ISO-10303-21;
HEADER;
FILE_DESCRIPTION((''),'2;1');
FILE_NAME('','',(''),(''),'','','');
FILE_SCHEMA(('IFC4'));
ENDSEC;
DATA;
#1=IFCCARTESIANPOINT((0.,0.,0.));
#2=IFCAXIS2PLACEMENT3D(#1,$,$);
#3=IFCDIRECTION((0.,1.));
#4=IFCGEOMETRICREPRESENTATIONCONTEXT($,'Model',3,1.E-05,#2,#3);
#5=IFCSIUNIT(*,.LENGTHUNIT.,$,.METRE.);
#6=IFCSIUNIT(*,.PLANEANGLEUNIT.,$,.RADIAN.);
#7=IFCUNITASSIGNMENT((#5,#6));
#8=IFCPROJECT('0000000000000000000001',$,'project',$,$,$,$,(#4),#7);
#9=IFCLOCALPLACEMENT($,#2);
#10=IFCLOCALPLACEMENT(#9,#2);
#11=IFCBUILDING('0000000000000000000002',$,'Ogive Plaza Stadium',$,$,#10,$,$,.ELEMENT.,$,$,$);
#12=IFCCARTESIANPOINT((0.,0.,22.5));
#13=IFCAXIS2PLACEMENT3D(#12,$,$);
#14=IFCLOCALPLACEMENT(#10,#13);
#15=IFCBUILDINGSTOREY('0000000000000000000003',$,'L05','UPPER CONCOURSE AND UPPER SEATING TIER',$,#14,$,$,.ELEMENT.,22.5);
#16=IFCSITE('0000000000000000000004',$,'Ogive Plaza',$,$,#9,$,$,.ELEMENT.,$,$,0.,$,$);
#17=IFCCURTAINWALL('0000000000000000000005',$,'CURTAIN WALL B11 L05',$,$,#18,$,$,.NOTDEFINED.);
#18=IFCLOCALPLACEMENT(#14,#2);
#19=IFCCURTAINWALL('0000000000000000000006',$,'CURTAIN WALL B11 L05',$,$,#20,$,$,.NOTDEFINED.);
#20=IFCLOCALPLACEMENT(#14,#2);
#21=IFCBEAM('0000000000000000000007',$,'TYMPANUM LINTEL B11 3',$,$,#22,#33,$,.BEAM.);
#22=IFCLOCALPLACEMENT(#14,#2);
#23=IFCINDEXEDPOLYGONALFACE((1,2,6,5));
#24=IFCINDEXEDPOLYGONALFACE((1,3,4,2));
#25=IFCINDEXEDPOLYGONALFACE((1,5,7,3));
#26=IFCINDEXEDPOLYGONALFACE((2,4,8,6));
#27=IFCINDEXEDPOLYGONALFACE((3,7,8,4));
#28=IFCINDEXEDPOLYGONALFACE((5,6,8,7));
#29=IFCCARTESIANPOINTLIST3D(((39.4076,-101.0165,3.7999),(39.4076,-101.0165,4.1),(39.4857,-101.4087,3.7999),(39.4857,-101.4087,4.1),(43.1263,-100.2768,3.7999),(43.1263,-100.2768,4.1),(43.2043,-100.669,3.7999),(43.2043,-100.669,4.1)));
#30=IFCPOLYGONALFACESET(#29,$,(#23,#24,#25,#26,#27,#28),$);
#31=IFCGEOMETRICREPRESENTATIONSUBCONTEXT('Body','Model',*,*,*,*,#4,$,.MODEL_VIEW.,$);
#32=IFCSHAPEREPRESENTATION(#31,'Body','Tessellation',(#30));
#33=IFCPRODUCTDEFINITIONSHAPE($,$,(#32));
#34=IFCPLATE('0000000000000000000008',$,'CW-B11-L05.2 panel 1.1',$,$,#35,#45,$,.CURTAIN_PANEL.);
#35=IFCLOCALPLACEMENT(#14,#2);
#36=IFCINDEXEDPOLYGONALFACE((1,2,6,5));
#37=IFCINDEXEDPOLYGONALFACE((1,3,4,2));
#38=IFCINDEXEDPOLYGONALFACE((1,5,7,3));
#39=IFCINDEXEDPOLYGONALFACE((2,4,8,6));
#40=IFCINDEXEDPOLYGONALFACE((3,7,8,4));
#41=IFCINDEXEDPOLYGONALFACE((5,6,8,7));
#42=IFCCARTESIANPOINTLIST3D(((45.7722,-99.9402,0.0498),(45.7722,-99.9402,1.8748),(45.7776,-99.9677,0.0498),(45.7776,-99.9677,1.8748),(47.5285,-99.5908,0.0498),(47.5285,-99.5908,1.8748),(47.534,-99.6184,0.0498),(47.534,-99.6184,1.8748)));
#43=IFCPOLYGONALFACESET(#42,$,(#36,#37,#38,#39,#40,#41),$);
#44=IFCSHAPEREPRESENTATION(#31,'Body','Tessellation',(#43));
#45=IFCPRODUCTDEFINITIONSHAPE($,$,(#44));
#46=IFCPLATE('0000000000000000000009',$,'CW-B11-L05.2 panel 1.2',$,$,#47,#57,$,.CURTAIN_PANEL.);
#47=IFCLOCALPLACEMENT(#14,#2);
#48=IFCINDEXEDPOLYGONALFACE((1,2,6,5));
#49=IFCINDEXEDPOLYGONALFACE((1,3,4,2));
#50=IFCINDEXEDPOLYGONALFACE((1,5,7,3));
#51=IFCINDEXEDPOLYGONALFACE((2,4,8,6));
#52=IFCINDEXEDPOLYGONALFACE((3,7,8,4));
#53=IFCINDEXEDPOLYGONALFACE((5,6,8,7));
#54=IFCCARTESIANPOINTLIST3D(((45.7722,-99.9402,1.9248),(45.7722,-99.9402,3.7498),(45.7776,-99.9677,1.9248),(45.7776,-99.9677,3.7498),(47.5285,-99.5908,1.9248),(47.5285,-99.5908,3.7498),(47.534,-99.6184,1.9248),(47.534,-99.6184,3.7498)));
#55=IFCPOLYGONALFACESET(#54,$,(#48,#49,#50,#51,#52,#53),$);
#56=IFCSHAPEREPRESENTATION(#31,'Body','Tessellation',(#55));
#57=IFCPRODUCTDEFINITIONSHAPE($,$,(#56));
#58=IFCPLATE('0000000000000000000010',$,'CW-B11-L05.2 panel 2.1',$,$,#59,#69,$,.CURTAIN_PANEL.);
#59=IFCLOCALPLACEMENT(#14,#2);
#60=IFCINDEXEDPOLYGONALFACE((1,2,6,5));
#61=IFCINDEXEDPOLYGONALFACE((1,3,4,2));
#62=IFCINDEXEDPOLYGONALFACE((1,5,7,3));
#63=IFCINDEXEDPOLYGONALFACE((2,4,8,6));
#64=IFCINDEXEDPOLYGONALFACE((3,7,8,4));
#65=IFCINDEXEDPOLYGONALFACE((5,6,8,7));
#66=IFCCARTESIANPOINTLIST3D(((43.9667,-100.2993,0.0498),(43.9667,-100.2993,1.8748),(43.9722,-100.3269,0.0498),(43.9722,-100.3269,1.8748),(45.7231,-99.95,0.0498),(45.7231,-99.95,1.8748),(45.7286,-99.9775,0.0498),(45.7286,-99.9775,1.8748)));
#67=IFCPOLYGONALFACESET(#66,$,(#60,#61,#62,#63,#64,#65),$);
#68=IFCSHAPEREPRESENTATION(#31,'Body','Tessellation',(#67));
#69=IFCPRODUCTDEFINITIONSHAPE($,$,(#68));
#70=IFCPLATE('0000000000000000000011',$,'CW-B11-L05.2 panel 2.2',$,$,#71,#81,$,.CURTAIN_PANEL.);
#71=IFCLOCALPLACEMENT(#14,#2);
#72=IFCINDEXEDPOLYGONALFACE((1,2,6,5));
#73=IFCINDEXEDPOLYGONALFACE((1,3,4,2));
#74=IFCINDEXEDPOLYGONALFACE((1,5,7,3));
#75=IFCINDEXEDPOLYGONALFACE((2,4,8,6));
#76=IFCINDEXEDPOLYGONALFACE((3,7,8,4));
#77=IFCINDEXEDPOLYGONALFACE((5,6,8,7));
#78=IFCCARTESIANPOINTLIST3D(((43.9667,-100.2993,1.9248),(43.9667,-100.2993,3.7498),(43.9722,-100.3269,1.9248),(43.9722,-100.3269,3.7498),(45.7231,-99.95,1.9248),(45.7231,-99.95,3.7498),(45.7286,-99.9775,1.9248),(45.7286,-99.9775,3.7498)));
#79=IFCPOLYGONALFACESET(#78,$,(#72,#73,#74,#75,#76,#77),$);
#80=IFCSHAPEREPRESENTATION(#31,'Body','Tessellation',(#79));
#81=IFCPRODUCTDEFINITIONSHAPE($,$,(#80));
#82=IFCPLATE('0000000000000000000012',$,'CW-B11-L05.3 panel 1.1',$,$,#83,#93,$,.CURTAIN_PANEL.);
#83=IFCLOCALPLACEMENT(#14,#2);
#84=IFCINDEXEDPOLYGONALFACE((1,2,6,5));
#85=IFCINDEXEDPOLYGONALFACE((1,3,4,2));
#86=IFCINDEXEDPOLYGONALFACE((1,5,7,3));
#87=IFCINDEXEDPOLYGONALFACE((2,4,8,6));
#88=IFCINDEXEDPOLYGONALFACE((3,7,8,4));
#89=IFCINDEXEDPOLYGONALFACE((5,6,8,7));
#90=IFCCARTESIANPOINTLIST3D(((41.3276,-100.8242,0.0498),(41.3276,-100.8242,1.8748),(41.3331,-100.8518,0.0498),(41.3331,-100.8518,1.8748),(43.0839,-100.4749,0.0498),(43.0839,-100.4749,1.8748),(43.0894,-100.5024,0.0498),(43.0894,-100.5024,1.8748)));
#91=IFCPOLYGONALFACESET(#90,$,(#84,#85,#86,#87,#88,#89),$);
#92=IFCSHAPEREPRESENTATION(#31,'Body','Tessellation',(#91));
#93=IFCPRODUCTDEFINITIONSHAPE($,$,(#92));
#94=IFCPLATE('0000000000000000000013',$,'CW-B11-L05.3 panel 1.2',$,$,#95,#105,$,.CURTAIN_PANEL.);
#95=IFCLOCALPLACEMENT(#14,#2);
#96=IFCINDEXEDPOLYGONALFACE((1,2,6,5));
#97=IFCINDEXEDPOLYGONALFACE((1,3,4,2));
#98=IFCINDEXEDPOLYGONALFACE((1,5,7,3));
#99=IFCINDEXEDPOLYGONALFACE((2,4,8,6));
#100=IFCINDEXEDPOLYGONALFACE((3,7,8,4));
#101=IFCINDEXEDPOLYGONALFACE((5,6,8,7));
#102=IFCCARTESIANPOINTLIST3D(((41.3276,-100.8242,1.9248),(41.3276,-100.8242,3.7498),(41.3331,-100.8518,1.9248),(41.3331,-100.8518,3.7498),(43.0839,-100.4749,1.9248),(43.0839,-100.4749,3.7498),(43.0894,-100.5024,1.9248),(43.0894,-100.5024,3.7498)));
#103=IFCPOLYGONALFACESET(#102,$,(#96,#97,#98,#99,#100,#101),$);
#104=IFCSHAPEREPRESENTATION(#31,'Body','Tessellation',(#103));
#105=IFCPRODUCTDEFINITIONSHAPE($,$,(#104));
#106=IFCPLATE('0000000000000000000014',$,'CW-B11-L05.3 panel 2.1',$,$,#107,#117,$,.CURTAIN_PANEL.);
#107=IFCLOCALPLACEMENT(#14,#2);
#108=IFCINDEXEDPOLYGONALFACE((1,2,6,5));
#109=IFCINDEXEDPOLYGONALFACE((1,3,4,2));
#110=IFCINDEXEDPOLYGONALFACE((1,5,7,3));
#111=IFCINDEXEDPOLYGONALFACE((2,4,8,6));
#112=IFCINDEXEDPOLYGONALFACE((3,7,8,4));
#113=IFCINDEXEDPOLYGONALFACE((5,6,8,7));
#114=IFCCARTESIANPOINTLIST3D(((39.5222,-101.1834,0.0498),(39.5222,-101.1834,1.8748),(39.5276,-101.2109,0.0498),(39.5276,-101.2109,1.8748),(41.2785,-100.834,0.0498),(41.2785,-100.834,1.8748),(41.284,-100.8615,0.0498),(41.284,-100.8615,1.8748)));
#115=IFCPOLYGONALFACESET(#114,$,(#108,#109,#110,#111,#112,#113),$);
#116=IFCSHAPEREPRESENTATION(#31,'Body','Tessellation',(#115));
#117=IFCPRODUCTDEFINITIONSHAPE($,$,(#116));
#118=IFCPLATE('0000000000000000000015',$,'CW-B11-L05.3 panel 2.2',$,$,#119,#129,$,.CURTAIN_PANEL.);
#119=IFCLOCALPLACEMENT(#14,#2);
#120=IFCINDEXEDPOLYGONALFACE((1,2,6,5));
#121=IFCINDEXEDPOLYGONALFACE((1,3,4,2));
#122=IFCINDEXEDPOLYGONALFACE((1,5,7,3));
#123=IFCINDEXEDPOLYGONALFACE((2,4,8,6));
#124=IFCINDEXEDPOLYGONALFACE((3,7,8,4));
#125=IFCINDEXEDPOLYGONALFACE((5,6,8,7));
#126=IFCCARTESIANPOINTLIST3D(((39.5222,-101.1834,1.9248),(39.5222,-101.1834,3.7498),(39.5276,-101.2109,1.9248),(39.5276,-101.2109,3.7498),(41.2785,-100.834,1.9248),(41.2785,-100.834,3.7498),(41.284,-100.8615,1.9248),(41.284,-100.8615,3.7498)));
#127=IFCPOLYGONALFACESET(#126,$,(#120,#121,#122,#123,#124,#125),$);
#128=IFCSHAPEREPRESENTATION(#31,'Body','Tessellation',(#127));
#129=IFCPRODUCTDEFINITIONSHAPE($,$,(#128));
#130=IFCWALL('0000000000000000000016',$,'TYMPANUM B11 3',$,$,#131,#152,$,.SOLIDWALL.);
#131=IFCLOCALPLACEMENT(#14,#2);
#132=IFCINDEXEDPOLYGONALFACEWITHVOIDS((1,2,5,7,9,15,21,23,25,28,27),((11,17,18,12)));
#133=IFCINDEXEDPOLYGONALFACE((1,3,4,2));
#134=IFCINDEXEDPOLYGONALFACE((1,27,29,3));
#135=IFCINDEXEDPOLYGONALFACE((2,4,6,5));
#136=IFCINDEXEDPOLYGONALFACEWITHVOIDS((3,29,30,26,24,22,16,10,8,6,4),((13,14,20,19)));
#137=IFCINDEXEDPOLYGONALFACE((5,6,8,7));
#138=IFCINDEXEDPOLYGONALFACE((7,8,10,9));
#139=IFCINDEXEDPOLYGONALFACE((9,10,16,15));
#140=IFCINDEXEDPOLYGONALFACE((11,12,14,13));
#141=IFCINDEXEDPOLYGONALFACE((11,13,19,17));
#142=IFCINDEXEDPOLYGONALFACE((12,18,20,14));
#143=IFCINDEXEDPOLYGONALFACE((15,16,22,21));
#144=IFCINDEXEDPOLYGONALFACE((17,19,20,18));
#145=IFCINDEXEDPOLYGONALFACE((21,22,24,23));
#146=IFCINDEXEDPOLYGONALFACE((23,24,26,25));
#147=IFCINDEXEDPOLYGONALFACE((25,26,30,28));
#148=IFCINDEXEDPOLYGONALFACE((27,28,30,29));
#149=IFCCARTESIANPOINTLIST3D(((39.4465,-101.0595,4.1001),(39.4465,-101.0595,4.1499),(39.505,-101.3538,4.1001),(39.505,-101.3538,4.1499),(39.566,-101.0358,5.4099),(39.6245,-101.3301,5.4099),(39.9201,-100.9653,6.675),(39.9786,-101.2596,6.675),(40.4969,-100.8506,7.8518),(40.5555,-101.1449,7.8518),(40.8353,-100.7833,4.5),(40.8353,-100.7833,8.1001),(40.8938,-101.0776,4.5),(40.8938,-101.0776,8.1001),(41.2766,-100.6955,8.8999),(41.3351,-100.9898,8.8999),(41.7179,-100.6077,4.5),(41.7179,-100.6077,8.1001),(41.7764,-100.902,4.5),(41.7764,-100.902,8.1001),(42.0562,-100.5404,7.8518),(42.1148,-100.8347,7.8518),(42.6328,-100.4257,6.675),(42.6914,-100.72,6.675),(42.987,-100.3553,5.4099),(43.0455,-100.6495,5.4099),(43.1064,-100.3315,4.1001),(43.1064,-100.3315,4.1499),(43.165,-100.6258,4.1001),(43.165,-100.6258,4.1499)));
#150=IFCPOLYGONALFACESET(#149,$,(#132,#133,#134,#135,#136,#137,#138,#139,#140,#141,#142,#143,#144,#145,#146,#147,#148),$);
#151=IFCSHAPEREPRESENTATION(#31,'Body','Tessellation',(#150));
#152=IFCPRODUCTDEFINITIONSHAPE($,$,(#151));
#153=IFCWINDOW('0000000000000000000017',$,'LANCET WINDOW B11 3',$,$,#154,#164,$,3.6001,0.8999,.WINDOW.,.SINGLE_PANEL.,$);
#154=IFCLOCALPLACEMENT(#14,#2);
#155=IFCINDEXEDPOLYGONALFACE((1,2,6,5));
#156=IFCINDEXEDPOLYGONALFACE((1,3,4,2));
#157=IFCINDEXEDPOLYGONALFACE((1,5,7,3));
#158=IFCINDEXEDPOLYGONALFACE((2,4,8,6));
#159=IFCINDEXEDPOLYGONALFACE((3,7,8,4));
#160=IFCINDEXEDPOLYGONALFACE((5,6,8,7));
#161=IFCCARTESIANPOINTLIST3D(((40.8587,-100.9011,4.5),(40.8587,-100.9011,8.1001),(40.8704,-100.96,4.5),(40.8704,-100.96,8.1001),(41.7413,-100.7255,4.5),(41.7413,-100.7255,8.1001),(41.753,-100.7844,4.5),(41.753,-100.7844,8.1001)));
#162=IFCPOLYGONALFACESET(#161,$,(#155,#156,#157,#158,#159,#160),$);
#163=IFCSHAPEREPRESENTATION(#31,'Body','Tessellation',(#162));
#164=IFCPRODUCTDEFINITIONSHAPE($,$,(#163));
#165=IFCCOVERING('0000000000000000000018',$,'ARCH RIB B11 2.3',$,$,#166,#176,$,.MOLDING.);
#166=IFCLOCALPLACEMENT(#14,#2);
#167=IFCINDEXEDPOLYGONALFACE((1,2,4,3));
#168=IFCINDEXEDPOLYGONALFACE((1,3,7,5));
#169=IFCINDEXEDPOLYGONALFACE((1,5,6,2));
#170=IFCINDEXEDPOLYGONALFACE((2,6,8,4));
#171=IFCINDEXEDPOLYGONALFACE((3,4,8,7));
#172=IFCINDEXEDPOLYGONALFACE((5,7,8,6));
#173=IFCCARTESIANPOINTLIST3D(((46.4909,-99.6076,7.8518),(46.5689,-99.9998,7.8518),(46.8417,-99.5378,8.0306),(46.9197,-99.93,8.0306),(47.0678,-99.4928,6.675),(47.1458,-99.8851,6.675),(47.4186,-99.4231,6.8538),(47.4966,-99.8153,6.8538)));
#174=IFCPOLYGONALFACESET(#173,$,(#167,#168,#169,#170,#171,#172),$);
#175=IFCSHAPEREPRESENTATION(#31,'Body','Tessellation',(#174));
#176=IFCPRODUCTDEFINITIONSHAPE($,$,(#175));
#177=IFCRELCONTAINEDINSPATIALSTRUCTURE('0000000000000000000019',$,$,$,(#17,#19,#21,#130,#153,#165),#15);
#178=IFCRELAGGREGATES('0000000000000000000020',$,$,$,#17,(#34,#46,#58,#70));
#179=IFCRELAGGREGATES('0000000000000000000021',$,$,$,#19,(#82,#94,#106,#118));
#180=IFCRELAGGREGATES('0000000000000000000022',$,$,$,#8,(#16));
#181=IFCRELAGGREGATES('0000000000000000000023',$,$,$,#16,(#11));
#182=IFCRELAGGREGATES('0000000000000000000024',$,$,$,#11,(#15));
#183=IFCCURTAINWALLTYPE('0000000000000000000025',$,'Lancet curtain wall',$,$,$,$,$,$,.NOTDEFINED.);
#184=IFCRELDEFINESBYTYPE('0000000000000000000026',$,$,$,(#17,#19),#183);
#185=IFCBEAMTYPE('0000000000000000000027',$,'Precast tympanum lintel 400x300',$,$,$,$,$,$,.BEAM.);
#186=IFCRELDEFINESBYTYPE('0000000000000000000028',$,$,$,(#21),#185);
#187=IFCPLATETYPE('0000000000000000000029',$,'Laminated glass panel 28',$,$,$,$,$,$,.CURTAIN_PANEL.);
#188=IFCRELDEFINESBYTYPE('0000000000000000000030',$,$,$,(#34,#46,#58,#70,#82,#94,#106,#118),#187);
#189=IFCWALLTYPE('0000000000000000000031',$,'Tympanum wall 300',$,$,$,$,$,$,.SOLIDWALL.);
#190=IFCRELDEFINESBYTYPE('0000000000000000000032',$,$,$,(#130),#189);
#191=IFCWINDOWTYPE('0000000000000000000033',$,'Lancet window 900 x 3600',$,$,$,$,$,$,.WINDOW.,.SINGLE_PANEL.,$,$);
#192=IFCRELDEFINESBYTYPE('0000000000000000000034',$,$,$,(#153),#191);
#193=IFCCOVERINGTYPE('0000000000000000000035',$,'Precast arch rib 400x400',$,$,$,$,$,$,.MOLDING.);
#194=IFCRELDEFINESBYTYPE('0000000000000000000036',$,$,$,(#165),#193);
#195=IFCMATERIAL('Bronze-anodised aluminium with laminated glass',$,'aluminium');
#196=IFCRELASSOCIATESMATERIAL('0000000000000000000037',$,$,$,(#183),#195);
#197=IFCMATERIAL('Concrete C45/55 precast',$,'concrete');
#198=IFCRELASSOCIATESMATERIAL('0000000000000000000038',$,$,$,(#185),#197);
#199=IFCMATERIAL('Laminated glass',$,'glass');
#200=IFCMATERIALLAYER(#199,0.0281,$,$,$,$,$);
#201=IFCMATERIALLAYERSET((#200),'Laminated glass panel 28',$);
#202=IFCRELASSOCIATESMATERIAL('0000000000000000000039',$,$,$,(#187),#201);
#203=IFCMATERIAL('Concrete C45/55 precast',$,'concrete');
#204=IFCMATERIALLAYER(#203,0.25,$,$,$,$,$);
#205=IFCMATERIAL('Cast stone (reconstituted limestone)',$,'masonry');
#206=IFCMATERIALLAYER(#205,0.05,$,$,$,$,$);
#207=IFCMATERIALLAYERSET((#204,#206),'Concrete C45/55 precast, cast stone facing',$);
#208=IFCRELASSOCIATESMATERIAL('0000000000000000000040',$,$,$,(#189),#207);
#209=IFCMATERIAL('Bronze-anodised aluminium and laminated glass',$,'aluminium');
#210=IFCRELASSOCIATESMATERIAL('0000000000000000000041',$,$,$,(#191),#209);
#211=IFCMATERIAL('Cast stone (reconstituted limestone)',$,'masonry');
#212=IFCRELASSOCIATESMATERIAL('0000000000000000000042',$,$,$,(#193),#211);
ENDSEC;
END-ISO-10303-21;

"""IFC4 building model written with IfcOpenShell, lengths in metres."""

from ifc_helpers import new_model, si_unit, direction, frame, frame_2d, origin, origin_2d, place, context, subcontext, project, spatial, polyline, rectangle, outline, extrude, material, layer, layer_set, material_profile, profile_set, type_object, element, fill, aggregate, save


model = new_model("IFC4")

# Units and contexts
model_context = context("Model", 3, precision=1e-05, world=origin(), true_north=direction((0.0, 1.0)))
body_context = subcontext(model_context, "Body", "Model", "MODEL_VIEW")
ifc_project = project(units=[si_unit("LENGTHUNIT", "METRE"), si_unit("PLANEANGLEUNIT", "RADIAN")], contexts=[model_context])

# Site, building, storey
site_placement = place(None, origin())
site = spatial("IfcSite", under=ifc_project, at=site_placement, Name="Ogive Plaza", CompositionType="ELEMENT", RefElevation=0.0)
building_placement = place(site_placement, origin())
building = spatial("IfcBuilding", under=site, at=building_placement, Name="Ogive Plaza Stadium", CompositionType="ELEMENT")
storey_placement = place(building_placement, frame((0.0, 0.0, 22.5)))
storey = spatial("IfcBuildingStorey", under=building, at=storey_placement, Name="L05", Description="UPPER CONCOURSE AND UPPER SEATING TIER", CompositionType="ELEMENT", Elevation=22.5)

# Curtain walls
ifc_material_1 = material(Name="Bronze-anodised aluminium with laminated glass", Category="aluminium")
curtain_wall_type = type_object("IfcCurtainWallType", Name="Lancet curtain wall", PredefinedType="NOTDEFINED", material=ifc_material_1)
curtain_wall_1_placement = place(storey_placement, origin())
curtain_wall_1 = element("IfcCurtainWall", 1, at=curtain_wall_1_placement, inside=storey, type_object=curtain_wall_type, Name="CURTAIN WALL B11 L05", PredefinedType="NOTDEFINED")
curtain_wall_2_placement = place(storey_placement, origin())
curtain_wall_2 = element("IfcCurtainWall", 2, at=curtain_wall_2_placement, inside=storey, type_object=curtain_wall_type, Name="CURTAIN WALL B11 L05", PredefinedType="NOTDEFINED")

# Beam
ifc_material_2 = material(Name="Concrete C45/55 precast", Category="concrete")
ifc_material_profile_1 = material_profile(ifc_material_2, rectangle(XDim=0.3999, YDim=0.3, at=origin_2d()), Name="RC 400x300")
ifc_profile_set_1 = profile_set([ifc_material_profile_1], Name="Concrete C45/55 precast")
beam_type = type_object("IfcBeamType", Name="Precast tympanum lintel 400x300", PredefinedType="BEAM", material=ifc_profile_set_1)
beam_placement = place(storey_placement, frame((43.1653, -100.4729, 3.95), z_axis=(-0.980783, -0.195101, 0.0), x_axis=(0.195101, -0.980783, 0.0)))
element("IfcBeam", 3, at=beam_placement, inside=storey, type_object=beam_type, Name="TYMPANUM LINTEL B11 3", PredefinedType="BEAM", context=body_context, shape_type="SweptSolid", body=[
    extrude(rectangle(XDim=0.3999, YDim=0.3, at=origin_2d()), origin(), (0.0, 0.0, 1.0), 3.7915),
])

# Plates
ifc_material_3 = material(Name="Laminated glass", Category="glass")
ifc_layer_1 = layer(ifc_material_3, 0.0281)
ifc_layer_set_1 = layer_set([ifc_layer_1], Name="Laminated glass panel 28")
plate_type = type_object("IfcPlateType", Name="Laminated glass panel 28", PredefinedType="CURTAIN_PANEL", material=ifc_layer_set_1)
plate_1_placement = place(storey_placement, frame((46.6531, -99.7793, 0.0498), z_axis=(0.0, 0.0, 1.0), x_axis=(-0.980785, -0.19509, 0.0)))
plate_1 = element("IfcPlate", 4, at=plate_1_placement, type_object=plate_type, Name="CW-B11-L05.2 panel 1.1", PredefinedType="CURTAIN_PANEL", context=body_context, shape_type="SweptSolid", body=[
    extrude(rectangle(XDim=1.7908, YDim=0.0281, at=origin_2d()), origin(), (0.0, 0.0, 1.0), 1.825),
])
plate_2_placement = place(storey_placement, frame((46.6531, -99.7793, 1.9248), z_axis=(0.0, 0.0, 1.0), x_axis=(-0.980785, -0.19509, 0.0)))
plate_2 = element("IfcPlate", 5, at=plate_2_placement, type_object=plate_type, Name="CW-B11-L05.2 panel 1.2", PredefinedType="CURTAIN_PANEL", context=body_context, shape_type="SweptSolid", body=[
    extrude(rectangle(XDim=1.7908, YDim=0.0281, at=origin_2d()), origin(), (0.0, 0.0, 1.0), 1.825),
])
plate_3_placement = place(storey_placement, frame((44.8477, -100.1384, 0.0498), z_axis=(0.0, 0.0, 1.0), x_axis=(-0.980785, -0.19509, 0.0)))
plate_3 = element("IfcPlate", 6, at=plate_3_placement, type_object=plate_type, Name="CW-B11-L05.2 panel 2.1", PredefinedType="CURTAIN_PANEL", context=body_context, shape_type="SweptSolid", body=[
    extrude(rectangle(XDim=1.7908, YDim=0.0281, at=origin_2d()), origin(), (0.0, 0.0, 1.0), 1.825),
])
plate_4_placement = place(storey_placement, frame((44.8477, -100.1384, 1.9248), z_axis=(0.0, 0.0, 1.0), x_axis=(-0.980785, -0.19509, 0.0)))
plate_4 = element("IfcPlate", 7, at=plate_4_placement, type_object=plate_type, Name="CW-B11-L05.2 panel 2.2", PredefinedType="CURTAIN_PANEL", context=body_context, shape_type="SweptSolid", body=[
    extrude(rectangle(XDim=1.7908, YDim=0.0281, at=origin_2d()), origin(), (0.0, 0.0, 1.0), 1.825),
])
aggregate(curtain_wall_1, [plate_1, plate_2, plate_3, plate_4])
plate_5_placement = place(storey_placement, frame((42.2085, -100.6633, 0.0498), z_axis=(0.0, 0.0, 1.0), x_axis=(-0.980785, -0.19509, 0.0)))
plate_5 = element("IfcPlate", 8, at=plate_5_placement, type_object=plate_type, Name="CW-B11-L05.3 panel 1.1", PredefinedType="CURTAIN_PANEL", context=body_context, shape_type="SweptSolid", body=[
    extrude(rectangle(XDim=1.7908, YDim=0.0281, at=origin_2d()), origin(), (0.0, 0.0, 1.0), 1.825),
])
plate_6_placement = place(storey_placement, frame((42.2085, -100.6633, 1.9248), z_axis=(0.0, 0.0, 1.0), x_axis=(-0.980785, -0.19509, 0.0)))
plate_6 = element("IfcPlate", 9, at=plate_6_placement, type_object=plate_type, Name="CW-B11-L05.3 panel 1.2", PredefinedType="CURTAIN_PANEL", context=body_context, shape_type="SweptSolid", body=[
    extrude(rectangle(XDim=1.7908, YDim=0.0281, at=origin_2d()), origin(), (0.0, 0.0, 1.0), 1.825),
])
plate_7_placement = place(storey_placement, frame((40.4031, -101.0225, 0.0498), z_axis=(0.0, 0.0, 1.0), x_axis=(-0.980785, -0.19509, 0.0)))
plate_7 = element("IfcPlate", 10, at=plate_7_placement, type_object=plate_type, Name="CW-B11-L05.3 panel 2.1", PredefinedType="CURTAIN_PANEL", context=body_context, shape_type="SweptSolid", body=[
    extrude(rectangle(XDim=1.7908, YDim=0.0281, at=origin_2d()), origin(), (0.0, 0.0, 1.0), 1.825),
])
plate_8_placement = place(storey_placement, frame((40.4031, -101.0225, 1.9248), z_axis=(0.0, 0.0, 1.0), x_axis=(-0.980785, -0.19509, 0.0)))
plate_8 = element("IfcPlate", 11, at=plate_8_placement, type_object=plate_type, Name="CW-B11-L05.3 panel 2.2", PredefinedType="CURTAIN_PANEL", context=body_context, shape_type="SweptSolid", body=[
    extrude(rectangle(XDim=1.7908, YDim=0.0281, at=origin_2d()), origin(), (0.0, 0.0, 1.0), 1.825),
])
aggregate(curtain_wall_2, [plate_5, plate_6, plate_7, plate_8])

# Wall, opening, window
ifc_material_4 = material(Name="Concrete C45/55 precast", Category="concrete")
ifc_layer_2 = layer(ifc_material_4, 0.25)
ifc_material_5 = material(Name="Cast stone (reconstituted limestone)", Category="masonry")
ifc_layer_3 = layer(ifc_material_5, 0.05)
ifc_layer_set_2 = layer_set([ifc_layer_2, ifc_layer_3], Name="Concrete C45/55 precast, cast stone facing")
wall_type = type_object("IfcWallType", Name="Tympanum wall 300", PredefinedType="SOLIDWALL", material=ifc_layer_set_2)
wall_placement = place(storey_placement, frame((43.1357, -100.4788, 4.1001), z_axis=(0.0, 0.0, 1.0), x_axis=(-0.980784, -0.195097, 0.0)))
wall = element("IfcWall", 12, at=wall_placement, inside=storey, type_object=wall_type, Name="TYMPANUM B11 3", PredefinedType="SOLIDWALL", context=body_context, shape_type="SweptSolid", body=[
    extrude(outline(polyline([(0.0, 0.0), (3.7317, 0.0), (3.7317, 0.0498), (3.6099, 1.3098), (3.2488, 2.575), (2.6606, 3.7517), (1.8657, 4.7998), (1.0708, 3.7517), (0.4829, 2.575), (0.1218, 1.3098), (0.0, 0.0498), (0.0, 0.0)])), frame((0.0, 0.1499, 0.0), z_axis=(0.0, -1.0, 0.0), x_axis=(1.0, 0.0, 0.0)), (0.0, 0.0, 1.0), 0.3),
])
opening_placement = place(wall_placement, frame((1.4158, 0.0, 0.3999)))
opening = element("IfcOpeningElement", 13, at=opening_placement, cuts=wall, PredefinedType="OPENING", context=body_context, shape_type="SweptSolid", body=[
    extrude(rectangle(XDim=0.8999, YDim=3.6001, at=frame_2d((0.45, 1.8))), frame((0.0, 0.1602, 0.0), z_axis=(0.0, -1.0, 0.0), x_axis=(1.0, 0.0, 0.0)), (0.0, 0.0, 1.0), 0.3201),
])
ifc_material_6 = material(Name="Bronze-anodised aluminium and laminated glass", Category="aluminium")
window_type = type_object("IfcWindowType", Name="Lancet window 900 x 3600", PartitioningType="SINGLE_PANEL", PredefinedType="WINDOW", material=ifc_material_6)
window_placement = place(opening_placement, origin())
window = element("IfcWindow", 14, at=window_placement, inside=storey, type_object=window_type, Name="LANCET WINDOW B11 3", OverallHeight=3.6001, OverallWidth=0.8999, PartitioningType="SINGLE_PANEL", PredefinedType="WINDOW", context=body_context, shape_type="SweptSolid", body=[
    extrude(rectangle(XDim=0.8999, YDim=3.6001, at=frame_2d((0.45, 1.8))), frame((0.0, 0.03, 0.0), z_axis=(0.0, -1.0, 0.0), x_axis=(1.0, 0.0, 0.0)), (0.0, 0.0, 1.0), 0.0601),
])
fill(opening, window)

# Covering
ifc_material_7 = material(Name="Cast stone (reconstituted limestone)", Category="masonry")
ifc_material_profile_2 = material_profile(ifc_material_7, rectangle(XDim=0.3999, YDim=0.3999, at=origin_2d()), Name="Cast stone 400x400")
ifc_profile_set_2 = profile_set([ifc_material_profile_2], Name="Cast stone (reconstituted limestone)")
covering_type = type_object("IfcCoveringType", Name="Precast arch rib 400x400", PredefinedType="MOLDING", material=ifc_profile_set_2)
covering_1_placement = place(storey_placement, frame((47.2822, -99.6541, 6.7644), z_axis=(-0.438518, -0.087221, 0.89448), x_axis=(0.195078, -0.980788, 0.0)))
element("IfcCovering", 15, at=covering_1_placement, inside=storey, type_object=covering_type, Name="ARCH RIB B11 2.3", PredefinedType="MOLDING", context=body_context, shape_type="SweptSolid", body=[
    extrude(rectangle(XDim=0.3999, YDim=0.3999, at=origin_2d()), origin(), (0.0, 0.0, 1.0), 1.3157),
])

save(model, "model.ifc")
